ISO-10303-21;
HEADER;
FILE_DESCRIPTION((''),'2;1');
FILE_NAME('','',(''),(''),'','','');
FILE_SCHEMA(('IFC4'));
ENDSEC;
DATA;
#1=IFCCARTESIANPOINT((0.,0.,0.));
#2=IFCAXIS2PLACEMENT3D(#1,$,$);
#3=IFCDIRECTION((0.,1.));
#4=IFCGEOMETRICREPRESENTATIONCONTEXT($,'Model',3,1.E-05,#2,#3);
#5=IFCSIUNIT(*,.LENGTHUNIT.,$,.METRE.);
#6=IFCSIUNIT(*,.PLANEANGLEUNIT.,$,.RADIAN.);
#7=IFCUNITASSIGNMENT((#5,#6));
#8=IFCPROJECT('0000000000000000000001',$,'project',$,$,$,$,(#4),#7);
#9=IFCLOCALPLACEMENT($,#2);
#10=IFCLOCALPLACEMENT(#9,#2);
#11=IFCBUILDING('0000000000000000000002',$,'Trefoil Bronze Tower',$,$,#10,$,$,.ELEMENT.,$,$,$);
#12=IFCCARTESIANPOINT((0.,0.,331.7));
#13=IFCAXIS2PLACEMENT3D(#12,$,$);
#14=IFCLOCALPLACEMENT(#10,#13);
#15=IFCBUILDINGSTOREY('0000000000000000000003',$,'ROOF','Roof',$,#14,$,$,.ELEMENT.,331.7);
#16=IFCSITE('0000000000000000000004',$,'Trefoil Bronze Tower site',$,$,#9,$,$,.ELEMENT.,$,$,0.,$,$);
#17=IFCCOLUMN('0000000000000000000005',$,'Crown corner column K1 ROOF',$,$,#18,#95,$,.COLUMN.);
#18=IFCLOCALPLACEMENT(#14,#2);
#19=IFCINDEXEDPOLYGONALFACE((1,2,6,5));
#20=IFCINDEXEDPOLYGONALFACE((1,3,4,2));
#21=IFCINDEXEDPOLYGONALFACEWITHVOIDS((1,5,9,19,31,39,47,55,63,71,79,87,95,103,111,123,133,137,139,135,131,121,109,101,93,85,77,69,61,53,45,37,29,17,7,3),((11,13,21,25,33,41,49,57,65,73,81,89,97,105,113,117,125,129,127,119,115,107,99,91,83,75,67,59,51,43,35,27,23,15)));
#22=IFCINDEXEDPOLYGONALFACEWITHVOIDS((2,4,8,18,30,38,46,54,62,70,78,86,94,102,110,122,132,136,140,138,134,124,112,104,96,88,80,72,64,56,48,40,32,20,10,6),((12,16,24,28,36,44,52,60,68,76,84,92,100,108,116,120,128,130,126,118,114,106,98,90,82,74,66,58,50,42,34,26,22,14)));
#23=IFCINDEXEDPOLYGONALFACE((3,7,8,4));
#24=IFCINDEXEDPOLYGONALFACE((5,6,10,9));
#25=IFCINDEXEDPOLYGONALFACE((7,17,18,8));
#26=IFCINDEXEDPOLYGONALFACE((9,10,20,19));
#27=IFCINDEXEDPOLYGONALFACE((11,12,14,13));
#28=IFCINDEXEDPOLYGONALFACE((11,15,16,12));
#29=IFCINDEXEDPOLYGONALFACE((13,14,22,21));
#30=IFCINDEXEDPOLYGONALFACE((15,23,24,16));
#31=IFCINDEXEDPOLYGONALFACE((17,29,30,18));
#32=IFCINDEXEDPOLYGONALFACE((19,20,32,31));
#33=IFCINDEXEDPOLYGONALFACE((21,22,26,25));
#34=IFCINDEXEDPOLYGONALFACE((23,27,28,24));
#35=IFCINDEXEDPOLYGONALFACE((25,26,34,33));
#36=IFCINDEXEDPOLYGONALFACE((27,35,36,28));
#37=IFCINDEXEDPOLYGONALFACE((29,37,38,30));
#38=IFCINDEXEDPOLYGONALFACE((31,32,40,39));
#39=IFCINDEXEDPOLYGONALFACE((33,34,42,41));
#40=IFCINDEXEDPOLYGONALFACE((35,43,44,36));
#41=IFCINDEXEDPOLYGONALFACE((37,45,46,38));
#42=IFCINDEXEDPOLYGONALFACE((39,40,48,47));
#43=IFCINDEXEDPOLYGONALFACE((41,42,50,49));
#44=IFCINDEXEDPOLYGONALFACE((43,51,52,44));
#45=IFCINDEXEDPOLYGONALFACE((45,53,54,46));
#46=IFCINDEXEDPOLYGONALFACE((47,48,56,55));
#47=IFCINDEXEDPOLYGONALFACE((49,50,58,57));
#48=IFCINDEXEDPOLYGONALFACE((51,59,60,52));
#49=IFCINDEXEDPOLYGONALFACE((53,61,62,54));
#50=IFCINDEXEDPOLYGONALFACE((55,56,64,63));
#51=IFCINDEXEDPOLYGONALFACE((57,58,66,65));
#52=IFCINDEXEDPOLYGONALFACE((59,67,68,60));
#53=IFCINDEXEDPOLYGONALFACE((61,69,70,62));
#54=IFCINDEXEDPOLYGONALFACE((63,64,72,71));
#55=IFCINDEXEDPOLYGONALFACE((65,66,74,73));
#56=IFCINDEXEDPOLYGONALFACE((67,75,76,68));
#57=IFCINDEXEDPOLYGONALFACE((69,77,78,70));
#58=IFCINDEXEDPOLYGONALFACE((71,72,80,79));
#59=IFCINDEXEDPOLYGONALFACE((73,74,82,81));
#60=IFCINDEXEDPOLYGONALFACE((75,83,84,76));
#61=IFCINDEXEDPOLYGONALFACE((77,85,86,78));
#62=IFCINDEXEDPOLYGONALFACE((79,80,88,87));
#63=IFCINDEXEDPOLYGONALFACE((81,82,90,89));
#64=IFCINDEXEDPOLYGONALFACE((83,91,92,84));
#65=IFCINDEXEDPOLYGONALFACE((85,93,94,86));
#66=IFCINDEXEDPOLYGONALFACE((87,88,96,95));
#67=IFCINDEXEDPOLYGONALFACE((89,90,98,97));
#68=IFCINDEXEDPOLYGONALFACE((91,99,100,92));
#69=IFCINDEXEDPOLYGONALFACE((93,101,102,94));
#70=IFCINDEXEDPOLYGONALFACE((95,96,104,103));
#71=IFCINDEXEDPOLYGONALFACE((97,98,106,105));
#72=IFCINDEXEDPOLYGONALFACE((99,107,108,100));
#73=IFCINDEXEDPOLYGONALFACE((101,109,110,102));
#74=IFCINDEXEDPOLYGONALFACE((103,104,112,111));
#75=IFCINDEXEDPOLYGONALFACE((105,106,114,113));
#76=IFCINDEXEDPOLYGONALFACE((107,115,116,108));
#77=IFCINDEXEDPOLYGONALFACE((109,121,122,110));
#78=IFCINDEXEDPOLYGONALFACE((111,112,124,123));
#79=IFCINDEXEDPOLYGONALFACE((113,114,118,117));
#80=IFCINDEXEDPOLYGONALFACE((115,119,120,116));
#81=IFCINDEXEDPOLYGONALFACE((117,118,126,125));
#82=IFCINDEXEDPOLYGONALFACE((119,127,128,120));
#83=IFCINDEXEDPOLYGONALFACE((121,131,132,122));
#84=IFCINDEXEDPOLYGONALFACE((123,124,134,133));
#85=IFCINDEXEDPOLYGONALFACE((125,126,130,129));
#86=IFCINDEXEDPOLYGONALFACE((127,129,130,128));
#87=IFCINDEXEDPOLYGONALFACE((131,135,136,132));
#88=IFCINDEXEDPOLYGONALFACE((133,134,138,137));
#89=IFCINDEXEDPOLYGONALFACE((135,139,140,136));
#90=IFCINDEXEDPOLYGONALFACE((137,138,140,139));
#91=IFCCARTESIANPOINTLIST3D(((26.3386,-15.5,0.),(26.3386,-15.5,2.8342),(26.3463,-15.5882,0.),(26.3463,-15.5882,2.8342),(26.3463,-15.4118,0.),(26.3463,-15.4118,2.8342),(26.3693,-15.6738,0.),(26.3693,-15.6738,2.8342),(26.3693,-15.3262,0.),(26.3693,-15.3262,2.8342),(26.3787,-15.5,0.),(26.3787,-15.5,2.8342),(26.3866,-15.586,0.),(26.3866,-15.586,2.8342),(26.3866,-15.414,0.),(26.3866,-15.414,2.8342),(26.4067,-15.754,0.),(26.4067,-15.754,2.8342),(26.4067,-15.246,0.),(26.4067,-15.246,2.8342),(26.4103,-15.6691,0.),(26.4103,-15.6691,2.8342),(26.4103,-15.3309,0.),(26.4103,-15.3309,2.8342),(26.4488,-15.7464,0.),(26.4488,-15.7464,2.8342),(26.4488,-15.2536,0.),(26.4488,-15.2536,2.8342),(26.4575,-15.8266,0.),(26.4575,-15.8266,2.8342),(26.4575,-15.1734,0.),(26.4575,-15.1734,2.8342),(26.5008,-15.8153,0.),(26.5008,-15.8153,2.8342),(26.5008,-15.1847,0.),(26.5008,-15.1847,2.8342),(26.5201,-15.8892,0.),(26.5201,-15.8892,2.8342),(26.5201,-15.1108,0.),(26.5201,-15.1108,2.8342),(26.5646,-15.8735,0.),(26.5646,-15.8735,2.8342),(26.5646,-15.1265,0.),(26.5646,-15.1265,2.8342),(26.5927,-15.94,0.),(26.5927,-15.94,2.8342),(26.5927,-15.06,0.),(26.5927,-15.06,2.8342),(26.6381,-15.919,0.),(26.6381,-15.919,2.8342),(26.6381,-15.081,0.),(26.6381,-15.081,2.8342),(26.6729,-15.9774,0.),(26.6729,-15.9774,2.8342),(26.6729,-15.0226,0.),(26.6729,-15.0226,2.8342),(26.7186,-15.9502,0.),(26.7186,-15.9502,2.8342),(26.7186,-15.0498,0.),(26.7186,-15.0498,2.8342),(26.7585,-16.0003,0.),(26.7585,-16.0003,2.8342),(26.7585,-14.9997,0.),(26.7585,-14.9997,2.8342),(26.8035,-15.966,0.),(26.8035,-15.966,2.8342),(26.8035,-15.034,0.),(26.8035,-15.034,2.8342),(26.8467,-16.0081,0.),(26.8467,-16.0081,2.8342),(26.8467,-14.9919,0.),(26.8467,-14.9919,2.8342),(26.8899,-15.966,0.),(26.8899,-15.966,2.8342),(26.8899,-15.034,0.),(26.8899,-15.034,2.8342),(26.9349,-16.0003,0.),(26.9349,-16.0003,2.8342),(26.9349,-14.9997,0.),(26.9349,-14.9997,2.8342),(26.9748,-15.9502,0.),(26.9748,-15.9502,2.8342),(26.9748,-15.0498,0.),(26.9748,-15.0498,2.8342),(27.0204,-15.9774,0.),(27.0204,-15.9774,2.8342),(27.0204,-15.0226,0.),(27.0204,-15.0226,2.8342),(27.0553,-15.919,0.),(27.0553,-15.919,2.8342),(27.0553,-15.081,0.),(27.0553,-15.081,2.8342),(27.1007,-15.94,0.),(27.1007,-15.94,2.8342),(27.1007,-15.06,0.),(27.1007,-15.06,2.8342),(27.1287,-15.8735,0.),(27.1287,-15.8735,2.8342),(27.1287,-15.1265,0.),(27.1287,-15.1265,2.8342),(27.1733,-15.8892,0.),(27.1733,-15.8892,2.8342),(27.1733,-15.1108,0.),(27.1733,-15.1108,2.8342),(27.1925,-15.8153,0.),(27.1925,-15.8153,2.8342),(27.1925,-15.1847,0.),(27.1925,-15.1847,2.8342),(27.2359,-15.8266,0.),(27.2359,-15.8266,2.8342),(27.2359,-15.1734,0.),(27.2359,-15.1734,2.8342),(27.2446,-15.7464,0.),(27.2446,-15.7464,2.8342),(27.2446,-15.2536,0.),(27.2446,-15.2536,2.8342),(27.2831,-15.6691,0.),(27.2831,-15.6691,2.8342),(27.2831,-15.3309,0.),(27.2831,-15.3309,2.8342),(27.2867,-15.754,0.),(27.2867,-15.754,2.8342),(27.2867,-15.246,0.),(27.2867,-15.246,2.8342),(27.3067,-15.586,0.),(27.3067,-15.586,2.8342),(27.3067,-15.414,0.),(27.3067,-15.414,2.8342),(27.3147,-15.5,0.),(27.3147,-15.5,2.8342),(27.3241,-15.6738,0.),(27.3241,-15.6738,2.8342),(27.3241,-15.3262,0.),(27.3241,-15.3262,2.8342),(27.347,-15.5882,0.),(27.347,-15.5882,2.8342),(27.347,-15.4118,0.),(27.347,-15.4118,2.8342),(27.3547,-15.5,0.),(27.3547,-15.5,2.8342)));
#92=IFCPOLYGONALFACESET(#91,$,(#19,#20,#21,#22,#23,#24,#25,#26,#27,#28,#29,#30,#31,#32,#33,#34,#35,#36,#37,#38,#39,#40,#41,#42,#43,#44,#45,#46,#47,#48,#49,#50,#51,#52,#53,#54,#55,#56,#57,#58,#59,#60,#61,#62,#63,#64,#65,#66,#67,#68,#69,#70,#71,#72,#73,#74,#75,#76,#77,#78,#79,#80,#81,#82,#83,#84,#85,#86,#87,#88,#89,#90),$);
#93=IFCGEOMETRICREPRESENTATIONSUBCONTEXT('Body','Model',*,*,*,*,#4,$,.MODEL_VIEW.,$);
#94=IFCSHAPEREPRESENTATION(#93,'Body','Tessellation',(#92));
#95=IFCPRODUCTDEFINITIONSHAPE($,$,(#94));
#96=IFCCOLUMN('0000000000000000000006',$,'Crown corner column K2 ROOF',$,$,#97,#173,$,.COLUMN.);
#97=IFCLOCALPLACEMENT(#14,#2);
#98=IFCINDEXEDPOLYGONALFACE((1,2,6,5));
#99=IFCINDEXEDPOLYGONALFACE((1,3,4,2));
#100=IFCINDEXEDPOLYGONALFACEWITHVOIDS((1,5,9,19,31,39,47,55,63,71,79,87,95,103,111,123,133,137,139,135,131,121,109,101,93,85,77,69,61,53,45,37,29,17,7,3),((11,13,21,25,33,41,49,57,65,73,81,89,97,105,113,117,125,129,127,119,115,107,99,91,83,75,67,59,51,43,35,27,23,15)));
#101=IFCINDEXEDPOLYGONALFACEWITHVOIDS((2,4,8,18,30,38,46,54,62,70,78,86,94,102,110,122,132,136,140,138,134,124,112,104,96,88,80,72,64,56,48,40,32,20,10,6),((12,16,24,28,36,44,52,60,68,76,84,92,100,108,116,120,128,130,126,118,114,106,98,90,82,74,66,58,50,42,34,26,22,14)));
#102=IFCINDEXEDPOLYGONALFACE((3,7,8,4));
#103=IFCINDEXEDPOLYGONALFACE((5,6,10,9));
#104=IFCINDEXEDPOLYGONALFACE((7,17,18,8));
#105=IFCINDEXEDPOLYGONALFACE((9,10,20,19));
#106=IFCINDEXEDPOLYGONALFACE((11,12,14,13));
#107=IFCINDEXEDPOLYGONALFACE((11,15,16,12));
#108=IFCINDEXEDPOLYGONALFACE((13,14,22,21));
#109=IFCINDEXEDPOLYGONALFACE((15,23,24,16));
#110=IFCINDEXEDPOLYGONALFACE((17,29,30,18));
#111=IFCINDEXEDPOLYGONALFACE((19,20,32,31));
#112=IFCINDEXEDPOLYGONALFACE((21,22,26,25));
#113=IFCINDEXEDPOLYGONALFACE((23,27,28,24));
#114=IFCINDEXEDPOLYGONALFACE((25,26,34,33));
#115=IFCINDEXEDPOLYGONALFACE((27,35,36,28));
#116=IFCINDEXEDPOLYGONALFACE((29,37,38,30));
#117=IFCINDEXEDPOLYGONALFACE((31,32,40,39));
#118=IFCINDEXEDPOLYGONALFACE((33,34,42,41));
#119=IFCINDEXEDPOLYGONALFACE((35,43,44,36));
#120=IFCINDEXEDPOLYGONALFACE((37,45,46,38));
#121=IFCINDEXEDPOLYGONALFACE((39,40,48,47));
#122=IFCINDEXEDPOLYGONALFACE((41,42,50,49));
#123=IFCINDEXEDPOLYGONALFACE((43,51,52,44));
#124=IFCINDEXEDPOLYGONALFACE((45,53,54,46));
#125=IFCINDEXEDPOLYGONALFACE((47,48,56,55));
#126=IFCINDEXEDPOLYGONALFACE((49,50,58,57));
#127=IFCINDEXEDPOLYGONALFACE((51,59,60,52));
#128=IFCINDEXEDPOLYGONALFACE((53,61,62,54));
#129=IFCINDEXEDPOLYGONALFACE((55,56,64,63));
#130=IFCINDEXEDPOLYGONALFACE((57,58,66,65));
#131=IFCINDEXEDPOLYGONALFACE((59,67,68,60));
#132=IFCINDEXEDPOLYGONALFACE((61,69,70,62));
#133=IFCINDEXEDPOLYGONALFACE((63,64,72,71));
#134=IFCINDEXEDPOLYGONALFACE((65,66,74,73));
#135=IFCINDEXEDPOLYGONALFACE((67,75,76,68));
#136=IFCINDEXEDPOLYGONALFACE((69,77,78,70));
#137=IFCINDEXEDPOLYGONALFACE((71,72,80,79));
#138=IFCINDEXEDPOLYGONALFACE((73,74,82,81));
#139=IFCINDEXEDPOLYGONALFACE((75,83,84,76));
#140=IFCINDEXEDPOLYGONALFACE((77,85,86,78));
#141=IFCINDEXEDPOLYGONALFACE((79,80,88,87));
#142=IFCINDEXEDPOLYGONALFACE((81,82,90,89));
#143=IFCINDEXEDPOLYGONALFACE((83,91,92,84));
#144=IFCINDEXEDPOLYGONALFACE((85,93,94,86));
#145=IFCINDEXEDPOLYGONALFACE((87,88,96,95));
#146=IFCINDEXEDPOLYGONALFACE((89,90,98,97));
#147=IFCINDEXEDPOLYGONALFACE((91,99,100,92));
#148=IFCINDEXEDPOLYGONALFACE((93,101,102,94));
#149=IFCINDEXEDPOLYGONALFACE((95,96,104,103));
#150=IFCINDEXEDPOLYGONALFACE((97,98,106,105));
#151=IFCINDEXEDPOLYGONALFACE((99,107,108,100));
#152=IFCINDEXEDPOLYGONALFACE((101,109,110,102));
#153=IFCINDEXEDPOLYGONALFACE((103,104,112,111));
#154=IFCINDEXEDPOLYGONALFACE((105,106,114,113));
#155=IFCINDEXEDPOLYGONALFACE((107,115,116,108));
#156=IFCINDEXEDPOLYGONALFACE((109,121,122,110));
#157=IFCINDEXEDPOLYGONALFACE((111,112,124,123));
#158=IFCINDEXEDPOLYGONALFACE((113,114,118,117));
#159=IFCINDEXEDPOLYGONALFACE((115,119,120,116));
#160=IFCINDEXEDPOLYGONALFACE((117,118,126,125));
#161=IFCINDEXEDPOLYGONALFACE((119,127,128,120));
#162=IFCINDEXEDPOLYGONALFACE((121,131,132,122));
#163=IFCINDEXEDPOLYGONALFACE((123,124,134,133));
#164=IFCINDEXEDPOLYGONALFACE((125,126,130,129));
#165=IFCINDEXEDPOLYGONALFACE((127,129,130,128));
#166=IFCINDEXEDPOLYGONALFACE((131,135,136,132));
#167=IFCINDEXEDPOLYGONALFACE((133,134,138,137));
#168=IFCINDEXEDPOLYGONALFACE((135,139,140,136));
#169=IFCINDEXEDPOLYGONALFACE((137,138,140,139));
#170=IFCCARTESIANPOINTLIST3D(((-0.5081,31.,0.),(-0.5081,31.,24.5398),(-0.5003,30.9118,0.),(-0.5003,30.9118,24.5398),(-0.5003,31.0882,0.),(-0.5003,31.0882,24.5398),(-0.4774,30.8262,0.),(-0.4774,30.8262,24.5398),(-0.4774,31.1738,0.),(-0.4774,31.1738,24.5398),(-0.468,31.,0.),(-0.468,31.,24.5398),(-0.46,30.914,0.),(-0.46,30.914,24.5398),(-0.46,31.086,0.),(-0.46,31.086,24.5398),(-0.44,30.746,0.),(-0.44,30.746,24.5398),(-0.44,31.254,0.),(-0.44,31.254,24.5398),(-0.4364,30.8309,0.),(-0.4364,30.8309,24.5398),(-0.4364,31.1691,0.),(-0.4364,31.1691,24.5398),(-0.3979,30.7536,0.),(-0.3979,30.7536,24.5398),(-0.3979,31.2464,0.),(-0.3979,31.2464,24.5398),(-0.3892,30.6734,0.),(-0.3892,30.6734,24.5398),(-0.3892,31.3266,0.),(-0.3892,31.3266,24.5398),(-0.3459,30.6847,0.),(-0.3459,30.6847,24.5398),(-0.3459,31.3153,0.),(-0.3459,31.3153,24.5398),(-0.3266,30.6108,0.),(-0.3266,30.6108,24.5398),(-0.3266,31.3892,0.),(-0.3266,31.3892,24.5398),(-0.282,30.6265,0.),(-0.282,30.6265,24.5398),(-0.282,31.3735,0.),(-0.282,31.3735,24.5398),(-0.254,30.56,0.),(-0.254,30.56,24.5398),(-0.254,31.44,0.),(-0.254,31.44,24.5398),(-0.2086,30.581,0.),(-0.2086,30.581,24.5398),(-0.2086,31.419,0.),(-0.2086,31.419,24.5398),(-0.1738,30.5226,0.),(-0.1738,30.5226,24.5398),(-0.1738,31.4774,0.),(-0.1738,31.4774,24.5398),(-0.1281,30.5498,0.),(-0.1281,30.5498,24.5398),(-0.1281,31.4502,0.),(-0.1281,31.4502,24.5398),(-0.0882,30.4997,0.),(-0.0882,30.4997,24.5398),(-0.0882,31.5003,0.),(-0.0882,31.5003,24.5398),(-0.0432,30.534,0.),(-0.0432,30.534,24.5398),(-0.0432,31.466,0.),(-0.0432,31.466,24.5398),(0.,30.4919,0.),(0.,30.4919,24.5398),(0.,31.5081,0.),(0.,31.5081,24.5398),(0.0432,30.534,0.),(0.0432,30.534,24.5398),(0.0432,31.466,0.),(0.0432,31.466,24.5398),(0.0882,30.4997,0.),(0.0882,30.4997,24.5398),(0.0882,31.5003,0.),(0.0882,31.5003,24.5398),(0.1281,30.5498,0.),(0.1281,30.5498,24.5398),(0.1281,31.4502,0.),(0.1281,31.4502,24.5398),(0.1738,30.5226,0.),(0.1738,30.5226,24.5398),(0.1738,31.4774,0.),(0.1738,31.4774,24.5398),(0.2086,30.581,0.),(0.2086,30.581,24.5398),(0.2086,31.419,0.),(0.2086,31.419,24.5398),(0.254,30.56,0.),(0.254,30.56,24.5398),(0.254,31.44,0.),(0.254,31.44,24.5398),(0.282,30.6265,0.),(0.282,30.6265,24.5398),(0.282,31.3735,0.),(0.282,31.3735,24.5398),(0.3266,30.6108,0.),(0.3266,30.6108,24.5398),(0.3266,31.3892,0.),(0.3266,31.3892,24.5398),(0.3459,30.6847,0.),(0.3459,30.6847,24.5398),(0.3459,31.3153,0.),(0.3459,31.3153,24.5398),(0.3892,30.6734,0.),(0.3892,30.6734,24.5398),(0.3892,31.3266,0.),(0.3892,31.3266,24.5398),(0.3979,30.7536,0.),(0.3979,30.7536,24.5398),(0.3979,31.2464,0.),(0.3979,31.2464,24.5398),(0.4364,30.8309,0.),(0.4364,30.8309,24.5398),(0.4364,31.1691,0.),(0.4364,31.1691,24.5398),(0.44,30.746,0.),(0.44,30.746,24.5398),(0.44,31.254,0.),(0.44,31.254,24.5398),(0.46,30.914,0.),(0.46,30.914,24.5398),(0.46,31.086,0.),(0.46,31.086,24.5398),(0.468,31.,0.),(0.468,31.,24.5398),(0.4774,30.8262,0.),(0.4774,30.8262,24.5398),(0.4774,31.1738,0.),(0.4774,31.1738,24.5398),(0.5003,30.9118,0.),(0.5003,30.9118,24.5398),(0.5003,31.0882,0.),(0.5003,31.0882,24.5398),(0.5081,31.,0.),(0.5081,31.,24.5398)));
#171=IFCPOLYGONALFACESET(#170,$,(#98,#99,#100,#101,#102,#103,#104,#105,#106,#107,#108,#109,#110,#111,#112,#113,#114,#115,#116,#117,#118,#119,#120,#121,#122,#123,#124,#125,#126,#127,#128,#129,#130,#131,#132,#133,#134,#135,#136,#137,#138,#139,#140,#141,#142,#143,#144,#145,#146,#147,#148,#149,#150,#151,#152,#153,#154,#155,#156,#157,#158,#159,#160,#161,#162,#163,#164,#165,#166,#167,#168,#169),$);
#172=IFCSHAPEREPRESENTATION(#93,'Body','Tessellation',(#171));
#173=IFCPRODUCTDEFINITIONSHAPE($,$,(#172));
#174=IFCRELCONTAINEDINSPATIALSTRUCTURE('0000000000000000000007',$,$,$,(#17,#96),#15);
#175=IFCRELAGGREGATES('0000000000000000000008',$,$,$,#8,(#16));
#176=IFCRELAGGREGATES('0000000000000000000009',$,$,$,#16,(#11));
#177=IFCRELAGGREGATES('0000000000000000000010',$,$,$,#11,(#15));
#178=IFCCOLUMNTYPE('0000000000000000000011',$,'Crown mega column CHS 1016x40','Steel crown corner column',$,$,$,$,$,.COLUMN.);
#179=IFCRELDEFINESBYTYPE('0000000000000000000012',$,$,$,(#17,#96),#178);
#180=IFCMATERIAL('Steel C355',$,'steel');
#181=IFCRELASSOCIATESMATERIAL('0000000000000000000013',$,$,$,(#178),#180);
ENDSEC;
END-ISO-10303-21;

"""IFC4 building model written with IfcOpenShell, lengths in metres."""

from ifc_helpers import new_model, si_unit, direction, frame, origin, origin_2d, place, context, subcontext, project, spatial, hollow_circle, extrude, material, material_profile, profile_set, type_object, element, save


model = new_model("IFC4")

# Units and contexts
model_context = context("Model", 3, precision=1e-05, world=origin(), true_north=direction((0.0, 1.0)))
body_context = subcontext(model_context, "Body", "Model", "MODEL_VIEW")
ifc_project = project(units=[si_unit("LENGTHUNIT", "METRE"), si_unit("PLANEANGLEUNIT", "RADIAN")], contexts=[model_context])

# Site, building, storey
site_placement = place(None, origin())
site = spatial("IfcSite", under=ifc_project, at=site_placement, Name="Trefoil Bronze Tower site", CompositionType="ELEMENT", RefElevation=0.0)
building_placement = place(site_placement, origin())
building = spatial("IfcBuilding", under=site, at=building_placement, Name="Trefoil Bronze Tower", CompositionType="ELEMENT")
storey_placement = place(building_placement, frame((0.0, 0.0, 331.7)))
storey = spatial("IfcBuildingStorey", under=building, at=storey_placement, Name="ROOF", Description="Roof", CompositionType="ELEMENT", Elevation=331.7)

# Columns
ifc_material_1 = material(Name="Steel C355", Category="steel")
ifc_material_profile_1 = material_profile(ifc_material_1, hollow_circle(Radius=0.5081, WallThickness=0.04, at=origin_2d()), Name="CHS 1016x40")
ifc_profile_set_1 = profile_set([ifc_material_profile_1], Name="Steel C355")
column_type_1 = type_object("IfcColumnType", Name="Crown mega column CHS 1016x40", Description="Steel crown corner column", PredefinedType="COLUMN", material=ifc_profile_set_1)
column_1_placement = place(storey_placement, frame((26.8467, -15.5, 0.0), z_axis=(0.0, 0.0, 1.0), x_axis=(1.0, 0.0, 0.0)))
element("IfcColumn", 1, at=column_1_placement, inside=storey, type_object=column_type_1, Name="Crown corner column K1 ROOF", PredefinedType="COLUMN", context=body_context, shape_type="SweptSolid", body=[
    extrude(hollow_circle(Radius=0.5081, WallThickness=0.04, at=origin_2d()), origin(), (0.0, 0.0, 1.0), 2.8342),
])
column_2_placement = place(storey_placement, frame((0.0, 31.0, 0.0), z_axis=(0.0, 0.0, 1.0), x_axis=(1.0, 0.0, 0.0)))
element("IfcColumn", 2, at=column_2_placement, inside=storey, type_object=column_type_1, Name="Crown corner column K2 ROOF", PredefinedType="COLUMN", context=body_context, shape_type="SweptSolid", body=[
    extrude(hollow_circle(Radius=0.5081, WallThickness=0.04, at=origin_2d()), origin(), (0.0, 0.0, 1.0), 24.5398),
])

save(model, "model.ifc")
